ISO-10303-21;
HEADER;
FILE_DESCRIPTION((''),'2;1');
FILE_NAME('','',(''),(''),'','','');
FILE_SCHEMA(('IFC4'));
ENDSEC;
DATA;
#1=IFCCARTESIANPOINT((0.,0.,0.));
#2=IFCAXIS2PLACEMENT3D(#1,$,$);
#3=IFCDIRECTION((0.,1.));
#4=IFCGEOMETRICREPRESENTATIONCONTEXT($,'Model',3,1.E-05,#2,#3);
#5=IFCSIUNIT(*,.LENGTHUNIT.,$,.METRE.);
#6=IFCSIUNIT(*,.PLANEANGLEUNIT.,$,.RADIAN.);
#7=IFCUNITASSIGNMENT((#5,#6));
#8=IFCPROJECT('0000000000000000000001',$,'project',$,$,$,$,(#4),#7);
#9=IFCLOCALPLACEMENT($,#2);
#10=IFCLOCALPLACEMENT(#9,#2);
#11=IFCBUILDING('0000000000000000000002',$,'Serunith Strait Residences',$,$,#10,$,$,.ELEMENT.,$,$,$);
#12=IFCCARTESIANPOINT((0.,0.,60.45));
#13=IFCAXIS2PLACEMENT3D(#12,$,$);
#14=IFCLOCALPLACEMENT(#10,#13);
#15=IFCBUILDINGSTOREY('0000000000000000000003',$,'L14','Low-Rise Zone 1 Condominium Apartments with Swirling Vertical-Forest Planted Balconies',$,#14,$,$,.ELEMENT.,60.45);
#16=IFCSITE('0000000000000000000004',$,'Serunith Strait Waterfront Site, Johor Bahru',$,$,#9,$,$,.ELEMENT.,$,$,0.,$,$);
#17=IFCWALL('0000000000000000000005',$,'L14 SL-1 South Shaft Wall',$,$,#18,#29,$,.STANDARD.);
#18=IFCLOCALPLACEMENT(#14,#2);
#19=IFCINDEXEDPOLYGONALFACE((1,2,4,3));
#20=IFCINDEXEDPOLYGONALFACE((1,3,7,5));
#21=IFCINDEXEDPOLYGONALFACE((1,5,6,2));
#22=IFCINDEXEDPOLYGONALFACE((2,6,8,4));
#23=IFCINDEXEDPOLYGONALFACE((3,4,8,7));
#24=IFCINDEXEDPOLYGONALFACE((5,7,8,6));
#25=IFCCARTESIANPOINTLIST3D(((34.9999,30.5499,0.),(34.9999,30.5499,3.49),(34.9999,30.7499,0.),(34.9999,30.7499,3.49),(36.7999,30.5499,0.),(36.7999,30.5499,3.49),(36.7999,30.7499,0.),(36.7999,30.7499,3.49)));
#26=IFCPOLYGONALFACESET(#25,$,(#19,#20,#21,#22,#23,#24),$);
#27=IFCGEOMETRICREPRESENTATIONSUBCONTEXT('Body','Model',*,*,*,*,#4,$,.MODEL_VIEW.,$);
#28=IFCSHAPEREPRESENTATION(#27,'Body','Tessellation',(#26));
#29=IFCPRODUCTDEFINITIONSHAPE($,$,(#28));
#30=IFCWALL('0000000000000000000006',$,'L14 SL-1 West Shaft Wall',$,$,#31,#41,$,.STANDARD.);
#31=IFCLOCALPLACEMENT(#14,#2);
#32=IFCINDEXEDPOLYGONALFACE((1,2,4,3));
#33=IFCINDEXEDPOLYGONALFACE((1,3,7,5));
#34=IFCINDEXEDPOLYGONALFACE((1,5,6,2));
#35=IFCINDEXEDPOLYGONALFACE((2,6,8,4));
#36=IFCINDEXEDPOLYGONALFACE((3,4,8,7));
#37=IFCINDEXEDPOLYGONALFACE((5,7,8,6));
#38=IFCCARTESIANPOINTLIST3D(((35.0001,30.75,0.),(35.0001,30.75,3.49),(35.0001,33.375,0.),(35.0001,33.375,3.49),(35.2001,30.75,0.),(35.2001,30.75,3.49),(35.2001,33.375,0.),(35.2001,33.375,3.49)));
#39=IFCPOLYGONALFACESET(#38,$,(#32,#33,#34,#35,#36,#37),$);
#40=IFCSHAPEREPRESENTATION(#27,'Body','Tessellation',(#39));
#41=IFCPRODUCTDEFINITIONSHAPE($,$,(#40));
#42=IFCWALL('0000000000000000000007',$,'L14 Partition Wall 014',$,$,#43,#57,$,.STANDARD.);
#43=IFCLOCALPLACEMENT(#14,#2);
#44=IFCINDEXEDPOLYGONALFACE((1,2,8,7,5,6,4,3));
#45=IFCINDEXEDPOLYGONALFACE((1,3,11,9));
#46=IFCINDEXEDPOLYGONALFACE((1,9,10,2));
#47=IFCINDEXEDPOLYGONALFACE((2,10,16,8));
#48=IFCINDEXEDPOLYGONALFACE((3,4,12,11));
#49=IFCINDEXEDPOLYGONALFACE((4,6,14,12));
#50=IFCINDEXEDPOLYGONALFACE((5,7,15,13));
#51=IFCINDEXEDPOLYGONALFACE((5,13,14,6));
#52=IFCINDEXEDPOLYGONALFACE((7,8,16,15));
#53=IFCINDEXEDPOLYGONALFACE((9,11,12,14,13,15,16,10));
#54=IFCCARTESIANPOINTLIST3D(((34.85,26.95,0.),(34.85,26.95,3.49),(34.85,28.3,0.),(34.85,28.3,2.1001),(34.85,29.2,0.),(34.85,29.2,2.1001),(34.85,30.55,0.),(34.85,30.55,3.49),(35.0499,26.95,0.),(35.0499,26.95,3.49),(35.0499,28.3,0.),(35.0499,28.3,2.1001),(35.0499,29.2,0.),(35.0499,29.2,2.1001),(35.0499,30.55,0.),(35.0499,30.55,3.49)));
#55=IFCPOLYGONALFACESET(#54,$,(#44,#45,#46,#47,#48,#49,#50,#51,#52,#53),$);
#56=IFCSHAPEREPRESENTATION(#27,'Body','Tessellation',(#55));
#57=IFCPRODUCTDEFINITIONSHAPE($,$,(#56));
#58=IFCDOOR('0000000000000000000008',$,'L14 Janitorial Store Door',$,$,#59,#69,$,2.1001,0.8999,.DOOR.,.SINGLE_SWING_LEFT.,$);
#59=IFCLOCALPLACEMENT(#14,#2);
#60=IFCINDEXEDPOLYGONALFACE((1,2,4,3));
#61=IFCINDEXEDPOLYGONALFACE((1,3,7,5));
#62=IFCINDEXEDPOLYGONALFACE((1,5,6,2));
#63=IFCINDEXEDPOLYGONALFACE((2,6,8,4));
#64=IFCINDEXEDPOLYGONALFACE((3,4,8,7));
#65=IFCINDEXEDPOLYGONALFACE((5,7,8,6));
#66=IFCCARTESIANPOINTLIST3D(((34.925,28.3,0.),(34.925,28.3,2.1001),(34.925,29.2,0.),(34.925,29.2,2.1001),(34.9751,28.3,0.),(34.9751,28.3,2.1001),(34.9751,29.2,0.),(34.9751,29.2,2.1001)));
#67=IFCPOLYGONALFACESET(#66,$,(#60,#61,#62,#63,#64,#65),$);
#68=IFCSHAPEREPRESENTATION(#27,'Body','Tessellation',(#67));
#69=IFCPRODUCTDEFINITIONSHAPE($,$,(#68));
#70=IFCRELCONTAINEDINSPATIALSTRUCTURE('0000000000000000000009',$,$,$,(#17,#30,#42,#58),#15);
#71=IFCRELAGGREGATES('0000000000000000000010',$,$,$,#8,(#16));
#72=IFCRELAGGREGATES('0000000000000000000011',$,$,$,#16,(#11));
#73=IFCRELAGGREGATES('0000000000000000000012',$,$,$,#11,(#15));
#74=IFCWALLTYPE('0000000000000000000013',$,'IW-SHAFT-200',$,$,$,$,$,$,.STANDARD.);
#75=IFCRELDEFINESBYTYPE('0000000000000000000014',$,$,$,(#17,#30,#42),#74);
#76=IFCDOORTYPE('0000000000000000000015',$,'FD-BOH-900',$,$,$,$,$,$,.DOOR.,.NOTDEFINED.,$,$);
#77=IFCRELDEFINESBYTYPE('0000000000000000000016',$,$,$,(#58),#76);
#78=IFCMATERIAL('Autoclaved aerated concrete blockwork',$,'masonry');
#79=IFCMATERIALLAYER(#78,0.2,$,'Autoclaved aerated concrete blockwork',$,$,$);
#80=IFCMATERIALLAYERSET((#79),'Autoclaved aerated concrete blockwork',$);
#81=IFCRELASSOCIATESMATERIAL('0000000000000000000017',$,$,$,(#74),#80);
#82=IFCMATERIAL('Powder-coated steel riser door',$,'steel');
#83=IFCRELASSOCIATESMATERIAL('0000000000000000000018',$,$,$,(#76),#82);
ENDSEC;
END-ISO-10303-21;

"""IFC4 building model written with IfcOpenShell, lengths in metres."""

from ifc_helpers import new_model, si_unit, direction, frame, frame_2d, origin, place, context, subcontext, project, spatial, rectangle, extrude, source, transform, mapped, material, layer, layer_set, type_object, element, fill, save


model = new_model("IFC4")

# Units and contexts
model_context = context("Model", 3, precision=1e-05, world=origin(), true_north=direction((0.0, 1.0)))
body_context = subcontext(model_context, "Body", "Model", "MODEL_VIEW")
ifc_project = project(units=[si_unit("LENGTHUNIT", "METRE"), si_unit("PLANEANGLEUNIT", "RADIAN")], contexts=[model_context])

# Site, building, storey
site_placement = place(None, origin())
site = spatial("IfcSite", under=ifc_project, at=site_placement, Name="Serunith Strait Waterfront Site, Johor Bahru", CompositionType="ELEMENT", RefElevation=0.0)
building_placement = place(site_placement, origin())
building = spatial("IfcBuilding", under=site, at=building_placement, Name="Serunith Strait Residences", CompositionType="ELEMENT")
storey_placement = place(building_placement, frame((0.0, 0.0, 60.45)))
storey = spatial("IfcBuildingStorey", under=building, at=storey_placement, Name="L14", Description="Low-Rise Zone 1 Condominium Apartments with Swirling Vertical-Forest Planted Balconies", CompositionType="ELEMENT", Elevation=60.45)

# Shared definitions
ifc_material_1 = material(Name="Autoclaved aerated concrete blockwork", Category="masonry")
ifc_layer_1 = layer(ifc_material_1, 0.2, Name="Autoclaved aerated concrete blockwork")
ifc_layer_set_1 = layer_set([ifc_layer_1], Name="Autoclaved aerated concrete blockwork")
wall_type_1 = type_object("IfcWallType", Name="IW-SHAFT-200", PredefinedType="STANDARD", material=ifc_layer_set_1)

# Walls
wall_1_placement = place(storey_placement, frame((35.0, 30.6499, 0.0), z_axis=(0.0, 0.0, 1.0), x_axis=(1.0, 0.0, 0.0)))
element("IfcWall", 1, at=wall_1_placement, inside=storey, type_object=wall_type_1, Name="L14 SL-1 South Shaft Wall", PredefinedType="STANDARD", context=body_context, shape_type="SweptSolid", body=[
    extrude(rectangle(XDim=1.8, YDim=0.2, at=frame_2d((0.8999, 0.0))), origin(), (0.0, 0.0, 1.0), 3.49),
])
wall_2_placement = place(storey_placement, frame((35.1001, 30.75, 0.0), z_axis=(0.0, 0.0, 1.0), x_axis=(0.0, 1.0, 0.0)))
element("IfcWall", 2, at=wall_2_placement, inside=storey, type_object=wall_type_1, Name="L14 SL-1 West Shaft Wall", PredefinedType="STANDARD", context=body_context, shape_type="SweptSolid", body=[
    extrude(rectangle(XDim=2.625, YDim=0.2, at=frame_2d((1.3125, 0.0))), origin(), (0.0, 0.0, 1.0), 3.49),
])

# Wall, opening, door
wall_3_placement = place(storey_placement, frame((34.95, 26.95, 0.0), z_axis=(0.0, 0.0, 1.0), x_axis=(0.0, 1.0, 0.0)))
wall_3 = element("IfcWall", 3, at=wall_3_placement, inside=storey, type_object=wall_type_1, Name="L14 Partition Wall 014", PredefinedType="STANDARD", context=body_context, shape_type="SweptSolid", body=[
    extrude(rectangle(XDim=3.6001, YDim=0.2, at=frame_2d((1.8, 0.0))), origin(), (0.0, 0.0, 1.0), 3.49),
])
opening_1_placement = place(wall_3_placement, frame((1.3501, 0.0, 0.0)))
opening_1 = element("IfcOpeningElement", 4, at=opening_1_placement, cuts=wall_3, PredefinedType="OPENING", context=body_context, shape_type="SweptSolid", body=[
    extrude(rectangle(XDim=0.8999, YDim=2.1001, at=frame_2d((0.45, 1.05))), frame((0.0, 0.1099, 0.0), z_axis=(0.0, -1.0, 0.0), x_axis=(1.0, 0.0, 0.0)), (0.0, 0.0, 1.0), 0.22),
])
ifc_material_2 = material(Name="Powder-coated steel riser door", Category="steel")
door_type_1 = type_object("IfcDoorType", Name="FD-BOH-900", OperationType="NOTDEFINED", PredefinedType="DOOR", material=ifc_material_2)
shared_shape_1 = source(origin(), body_context, "Body", "SweptSolid", [
    extrude(rectangle(XDim=0.8999, YDim=2.1001, at=frame_2d((0.45, 1.05))), frame((0.0, 0.0249, 0.0), z_axis=(0.0, -1.0, 0.0), x_axis=(1.0, 0.0, 0.0)), (0.0, 0.0, 1.0), 0.05),
])
door_1_placement = place(opening_1_placement, origin())
door_1 = element("IfcDoor", 5, at=door_1_placement, inside=storey, type_object=door_type_1, Name="L14 Janitorial Store Door", OperationType="SINGLE_SWING_LEFT", OverallHeight=2.1001, OverallWidth=0.8999, PredefinedType="DOOR", context=body_context, shape_type="MappedRepresentation", body=[
    mapped(shared_shape_1, transform((0.0, 0.0, 0.0), scale=1.0)),
])
fill(opening_1, door_1)

save(model, "model.ifc")
